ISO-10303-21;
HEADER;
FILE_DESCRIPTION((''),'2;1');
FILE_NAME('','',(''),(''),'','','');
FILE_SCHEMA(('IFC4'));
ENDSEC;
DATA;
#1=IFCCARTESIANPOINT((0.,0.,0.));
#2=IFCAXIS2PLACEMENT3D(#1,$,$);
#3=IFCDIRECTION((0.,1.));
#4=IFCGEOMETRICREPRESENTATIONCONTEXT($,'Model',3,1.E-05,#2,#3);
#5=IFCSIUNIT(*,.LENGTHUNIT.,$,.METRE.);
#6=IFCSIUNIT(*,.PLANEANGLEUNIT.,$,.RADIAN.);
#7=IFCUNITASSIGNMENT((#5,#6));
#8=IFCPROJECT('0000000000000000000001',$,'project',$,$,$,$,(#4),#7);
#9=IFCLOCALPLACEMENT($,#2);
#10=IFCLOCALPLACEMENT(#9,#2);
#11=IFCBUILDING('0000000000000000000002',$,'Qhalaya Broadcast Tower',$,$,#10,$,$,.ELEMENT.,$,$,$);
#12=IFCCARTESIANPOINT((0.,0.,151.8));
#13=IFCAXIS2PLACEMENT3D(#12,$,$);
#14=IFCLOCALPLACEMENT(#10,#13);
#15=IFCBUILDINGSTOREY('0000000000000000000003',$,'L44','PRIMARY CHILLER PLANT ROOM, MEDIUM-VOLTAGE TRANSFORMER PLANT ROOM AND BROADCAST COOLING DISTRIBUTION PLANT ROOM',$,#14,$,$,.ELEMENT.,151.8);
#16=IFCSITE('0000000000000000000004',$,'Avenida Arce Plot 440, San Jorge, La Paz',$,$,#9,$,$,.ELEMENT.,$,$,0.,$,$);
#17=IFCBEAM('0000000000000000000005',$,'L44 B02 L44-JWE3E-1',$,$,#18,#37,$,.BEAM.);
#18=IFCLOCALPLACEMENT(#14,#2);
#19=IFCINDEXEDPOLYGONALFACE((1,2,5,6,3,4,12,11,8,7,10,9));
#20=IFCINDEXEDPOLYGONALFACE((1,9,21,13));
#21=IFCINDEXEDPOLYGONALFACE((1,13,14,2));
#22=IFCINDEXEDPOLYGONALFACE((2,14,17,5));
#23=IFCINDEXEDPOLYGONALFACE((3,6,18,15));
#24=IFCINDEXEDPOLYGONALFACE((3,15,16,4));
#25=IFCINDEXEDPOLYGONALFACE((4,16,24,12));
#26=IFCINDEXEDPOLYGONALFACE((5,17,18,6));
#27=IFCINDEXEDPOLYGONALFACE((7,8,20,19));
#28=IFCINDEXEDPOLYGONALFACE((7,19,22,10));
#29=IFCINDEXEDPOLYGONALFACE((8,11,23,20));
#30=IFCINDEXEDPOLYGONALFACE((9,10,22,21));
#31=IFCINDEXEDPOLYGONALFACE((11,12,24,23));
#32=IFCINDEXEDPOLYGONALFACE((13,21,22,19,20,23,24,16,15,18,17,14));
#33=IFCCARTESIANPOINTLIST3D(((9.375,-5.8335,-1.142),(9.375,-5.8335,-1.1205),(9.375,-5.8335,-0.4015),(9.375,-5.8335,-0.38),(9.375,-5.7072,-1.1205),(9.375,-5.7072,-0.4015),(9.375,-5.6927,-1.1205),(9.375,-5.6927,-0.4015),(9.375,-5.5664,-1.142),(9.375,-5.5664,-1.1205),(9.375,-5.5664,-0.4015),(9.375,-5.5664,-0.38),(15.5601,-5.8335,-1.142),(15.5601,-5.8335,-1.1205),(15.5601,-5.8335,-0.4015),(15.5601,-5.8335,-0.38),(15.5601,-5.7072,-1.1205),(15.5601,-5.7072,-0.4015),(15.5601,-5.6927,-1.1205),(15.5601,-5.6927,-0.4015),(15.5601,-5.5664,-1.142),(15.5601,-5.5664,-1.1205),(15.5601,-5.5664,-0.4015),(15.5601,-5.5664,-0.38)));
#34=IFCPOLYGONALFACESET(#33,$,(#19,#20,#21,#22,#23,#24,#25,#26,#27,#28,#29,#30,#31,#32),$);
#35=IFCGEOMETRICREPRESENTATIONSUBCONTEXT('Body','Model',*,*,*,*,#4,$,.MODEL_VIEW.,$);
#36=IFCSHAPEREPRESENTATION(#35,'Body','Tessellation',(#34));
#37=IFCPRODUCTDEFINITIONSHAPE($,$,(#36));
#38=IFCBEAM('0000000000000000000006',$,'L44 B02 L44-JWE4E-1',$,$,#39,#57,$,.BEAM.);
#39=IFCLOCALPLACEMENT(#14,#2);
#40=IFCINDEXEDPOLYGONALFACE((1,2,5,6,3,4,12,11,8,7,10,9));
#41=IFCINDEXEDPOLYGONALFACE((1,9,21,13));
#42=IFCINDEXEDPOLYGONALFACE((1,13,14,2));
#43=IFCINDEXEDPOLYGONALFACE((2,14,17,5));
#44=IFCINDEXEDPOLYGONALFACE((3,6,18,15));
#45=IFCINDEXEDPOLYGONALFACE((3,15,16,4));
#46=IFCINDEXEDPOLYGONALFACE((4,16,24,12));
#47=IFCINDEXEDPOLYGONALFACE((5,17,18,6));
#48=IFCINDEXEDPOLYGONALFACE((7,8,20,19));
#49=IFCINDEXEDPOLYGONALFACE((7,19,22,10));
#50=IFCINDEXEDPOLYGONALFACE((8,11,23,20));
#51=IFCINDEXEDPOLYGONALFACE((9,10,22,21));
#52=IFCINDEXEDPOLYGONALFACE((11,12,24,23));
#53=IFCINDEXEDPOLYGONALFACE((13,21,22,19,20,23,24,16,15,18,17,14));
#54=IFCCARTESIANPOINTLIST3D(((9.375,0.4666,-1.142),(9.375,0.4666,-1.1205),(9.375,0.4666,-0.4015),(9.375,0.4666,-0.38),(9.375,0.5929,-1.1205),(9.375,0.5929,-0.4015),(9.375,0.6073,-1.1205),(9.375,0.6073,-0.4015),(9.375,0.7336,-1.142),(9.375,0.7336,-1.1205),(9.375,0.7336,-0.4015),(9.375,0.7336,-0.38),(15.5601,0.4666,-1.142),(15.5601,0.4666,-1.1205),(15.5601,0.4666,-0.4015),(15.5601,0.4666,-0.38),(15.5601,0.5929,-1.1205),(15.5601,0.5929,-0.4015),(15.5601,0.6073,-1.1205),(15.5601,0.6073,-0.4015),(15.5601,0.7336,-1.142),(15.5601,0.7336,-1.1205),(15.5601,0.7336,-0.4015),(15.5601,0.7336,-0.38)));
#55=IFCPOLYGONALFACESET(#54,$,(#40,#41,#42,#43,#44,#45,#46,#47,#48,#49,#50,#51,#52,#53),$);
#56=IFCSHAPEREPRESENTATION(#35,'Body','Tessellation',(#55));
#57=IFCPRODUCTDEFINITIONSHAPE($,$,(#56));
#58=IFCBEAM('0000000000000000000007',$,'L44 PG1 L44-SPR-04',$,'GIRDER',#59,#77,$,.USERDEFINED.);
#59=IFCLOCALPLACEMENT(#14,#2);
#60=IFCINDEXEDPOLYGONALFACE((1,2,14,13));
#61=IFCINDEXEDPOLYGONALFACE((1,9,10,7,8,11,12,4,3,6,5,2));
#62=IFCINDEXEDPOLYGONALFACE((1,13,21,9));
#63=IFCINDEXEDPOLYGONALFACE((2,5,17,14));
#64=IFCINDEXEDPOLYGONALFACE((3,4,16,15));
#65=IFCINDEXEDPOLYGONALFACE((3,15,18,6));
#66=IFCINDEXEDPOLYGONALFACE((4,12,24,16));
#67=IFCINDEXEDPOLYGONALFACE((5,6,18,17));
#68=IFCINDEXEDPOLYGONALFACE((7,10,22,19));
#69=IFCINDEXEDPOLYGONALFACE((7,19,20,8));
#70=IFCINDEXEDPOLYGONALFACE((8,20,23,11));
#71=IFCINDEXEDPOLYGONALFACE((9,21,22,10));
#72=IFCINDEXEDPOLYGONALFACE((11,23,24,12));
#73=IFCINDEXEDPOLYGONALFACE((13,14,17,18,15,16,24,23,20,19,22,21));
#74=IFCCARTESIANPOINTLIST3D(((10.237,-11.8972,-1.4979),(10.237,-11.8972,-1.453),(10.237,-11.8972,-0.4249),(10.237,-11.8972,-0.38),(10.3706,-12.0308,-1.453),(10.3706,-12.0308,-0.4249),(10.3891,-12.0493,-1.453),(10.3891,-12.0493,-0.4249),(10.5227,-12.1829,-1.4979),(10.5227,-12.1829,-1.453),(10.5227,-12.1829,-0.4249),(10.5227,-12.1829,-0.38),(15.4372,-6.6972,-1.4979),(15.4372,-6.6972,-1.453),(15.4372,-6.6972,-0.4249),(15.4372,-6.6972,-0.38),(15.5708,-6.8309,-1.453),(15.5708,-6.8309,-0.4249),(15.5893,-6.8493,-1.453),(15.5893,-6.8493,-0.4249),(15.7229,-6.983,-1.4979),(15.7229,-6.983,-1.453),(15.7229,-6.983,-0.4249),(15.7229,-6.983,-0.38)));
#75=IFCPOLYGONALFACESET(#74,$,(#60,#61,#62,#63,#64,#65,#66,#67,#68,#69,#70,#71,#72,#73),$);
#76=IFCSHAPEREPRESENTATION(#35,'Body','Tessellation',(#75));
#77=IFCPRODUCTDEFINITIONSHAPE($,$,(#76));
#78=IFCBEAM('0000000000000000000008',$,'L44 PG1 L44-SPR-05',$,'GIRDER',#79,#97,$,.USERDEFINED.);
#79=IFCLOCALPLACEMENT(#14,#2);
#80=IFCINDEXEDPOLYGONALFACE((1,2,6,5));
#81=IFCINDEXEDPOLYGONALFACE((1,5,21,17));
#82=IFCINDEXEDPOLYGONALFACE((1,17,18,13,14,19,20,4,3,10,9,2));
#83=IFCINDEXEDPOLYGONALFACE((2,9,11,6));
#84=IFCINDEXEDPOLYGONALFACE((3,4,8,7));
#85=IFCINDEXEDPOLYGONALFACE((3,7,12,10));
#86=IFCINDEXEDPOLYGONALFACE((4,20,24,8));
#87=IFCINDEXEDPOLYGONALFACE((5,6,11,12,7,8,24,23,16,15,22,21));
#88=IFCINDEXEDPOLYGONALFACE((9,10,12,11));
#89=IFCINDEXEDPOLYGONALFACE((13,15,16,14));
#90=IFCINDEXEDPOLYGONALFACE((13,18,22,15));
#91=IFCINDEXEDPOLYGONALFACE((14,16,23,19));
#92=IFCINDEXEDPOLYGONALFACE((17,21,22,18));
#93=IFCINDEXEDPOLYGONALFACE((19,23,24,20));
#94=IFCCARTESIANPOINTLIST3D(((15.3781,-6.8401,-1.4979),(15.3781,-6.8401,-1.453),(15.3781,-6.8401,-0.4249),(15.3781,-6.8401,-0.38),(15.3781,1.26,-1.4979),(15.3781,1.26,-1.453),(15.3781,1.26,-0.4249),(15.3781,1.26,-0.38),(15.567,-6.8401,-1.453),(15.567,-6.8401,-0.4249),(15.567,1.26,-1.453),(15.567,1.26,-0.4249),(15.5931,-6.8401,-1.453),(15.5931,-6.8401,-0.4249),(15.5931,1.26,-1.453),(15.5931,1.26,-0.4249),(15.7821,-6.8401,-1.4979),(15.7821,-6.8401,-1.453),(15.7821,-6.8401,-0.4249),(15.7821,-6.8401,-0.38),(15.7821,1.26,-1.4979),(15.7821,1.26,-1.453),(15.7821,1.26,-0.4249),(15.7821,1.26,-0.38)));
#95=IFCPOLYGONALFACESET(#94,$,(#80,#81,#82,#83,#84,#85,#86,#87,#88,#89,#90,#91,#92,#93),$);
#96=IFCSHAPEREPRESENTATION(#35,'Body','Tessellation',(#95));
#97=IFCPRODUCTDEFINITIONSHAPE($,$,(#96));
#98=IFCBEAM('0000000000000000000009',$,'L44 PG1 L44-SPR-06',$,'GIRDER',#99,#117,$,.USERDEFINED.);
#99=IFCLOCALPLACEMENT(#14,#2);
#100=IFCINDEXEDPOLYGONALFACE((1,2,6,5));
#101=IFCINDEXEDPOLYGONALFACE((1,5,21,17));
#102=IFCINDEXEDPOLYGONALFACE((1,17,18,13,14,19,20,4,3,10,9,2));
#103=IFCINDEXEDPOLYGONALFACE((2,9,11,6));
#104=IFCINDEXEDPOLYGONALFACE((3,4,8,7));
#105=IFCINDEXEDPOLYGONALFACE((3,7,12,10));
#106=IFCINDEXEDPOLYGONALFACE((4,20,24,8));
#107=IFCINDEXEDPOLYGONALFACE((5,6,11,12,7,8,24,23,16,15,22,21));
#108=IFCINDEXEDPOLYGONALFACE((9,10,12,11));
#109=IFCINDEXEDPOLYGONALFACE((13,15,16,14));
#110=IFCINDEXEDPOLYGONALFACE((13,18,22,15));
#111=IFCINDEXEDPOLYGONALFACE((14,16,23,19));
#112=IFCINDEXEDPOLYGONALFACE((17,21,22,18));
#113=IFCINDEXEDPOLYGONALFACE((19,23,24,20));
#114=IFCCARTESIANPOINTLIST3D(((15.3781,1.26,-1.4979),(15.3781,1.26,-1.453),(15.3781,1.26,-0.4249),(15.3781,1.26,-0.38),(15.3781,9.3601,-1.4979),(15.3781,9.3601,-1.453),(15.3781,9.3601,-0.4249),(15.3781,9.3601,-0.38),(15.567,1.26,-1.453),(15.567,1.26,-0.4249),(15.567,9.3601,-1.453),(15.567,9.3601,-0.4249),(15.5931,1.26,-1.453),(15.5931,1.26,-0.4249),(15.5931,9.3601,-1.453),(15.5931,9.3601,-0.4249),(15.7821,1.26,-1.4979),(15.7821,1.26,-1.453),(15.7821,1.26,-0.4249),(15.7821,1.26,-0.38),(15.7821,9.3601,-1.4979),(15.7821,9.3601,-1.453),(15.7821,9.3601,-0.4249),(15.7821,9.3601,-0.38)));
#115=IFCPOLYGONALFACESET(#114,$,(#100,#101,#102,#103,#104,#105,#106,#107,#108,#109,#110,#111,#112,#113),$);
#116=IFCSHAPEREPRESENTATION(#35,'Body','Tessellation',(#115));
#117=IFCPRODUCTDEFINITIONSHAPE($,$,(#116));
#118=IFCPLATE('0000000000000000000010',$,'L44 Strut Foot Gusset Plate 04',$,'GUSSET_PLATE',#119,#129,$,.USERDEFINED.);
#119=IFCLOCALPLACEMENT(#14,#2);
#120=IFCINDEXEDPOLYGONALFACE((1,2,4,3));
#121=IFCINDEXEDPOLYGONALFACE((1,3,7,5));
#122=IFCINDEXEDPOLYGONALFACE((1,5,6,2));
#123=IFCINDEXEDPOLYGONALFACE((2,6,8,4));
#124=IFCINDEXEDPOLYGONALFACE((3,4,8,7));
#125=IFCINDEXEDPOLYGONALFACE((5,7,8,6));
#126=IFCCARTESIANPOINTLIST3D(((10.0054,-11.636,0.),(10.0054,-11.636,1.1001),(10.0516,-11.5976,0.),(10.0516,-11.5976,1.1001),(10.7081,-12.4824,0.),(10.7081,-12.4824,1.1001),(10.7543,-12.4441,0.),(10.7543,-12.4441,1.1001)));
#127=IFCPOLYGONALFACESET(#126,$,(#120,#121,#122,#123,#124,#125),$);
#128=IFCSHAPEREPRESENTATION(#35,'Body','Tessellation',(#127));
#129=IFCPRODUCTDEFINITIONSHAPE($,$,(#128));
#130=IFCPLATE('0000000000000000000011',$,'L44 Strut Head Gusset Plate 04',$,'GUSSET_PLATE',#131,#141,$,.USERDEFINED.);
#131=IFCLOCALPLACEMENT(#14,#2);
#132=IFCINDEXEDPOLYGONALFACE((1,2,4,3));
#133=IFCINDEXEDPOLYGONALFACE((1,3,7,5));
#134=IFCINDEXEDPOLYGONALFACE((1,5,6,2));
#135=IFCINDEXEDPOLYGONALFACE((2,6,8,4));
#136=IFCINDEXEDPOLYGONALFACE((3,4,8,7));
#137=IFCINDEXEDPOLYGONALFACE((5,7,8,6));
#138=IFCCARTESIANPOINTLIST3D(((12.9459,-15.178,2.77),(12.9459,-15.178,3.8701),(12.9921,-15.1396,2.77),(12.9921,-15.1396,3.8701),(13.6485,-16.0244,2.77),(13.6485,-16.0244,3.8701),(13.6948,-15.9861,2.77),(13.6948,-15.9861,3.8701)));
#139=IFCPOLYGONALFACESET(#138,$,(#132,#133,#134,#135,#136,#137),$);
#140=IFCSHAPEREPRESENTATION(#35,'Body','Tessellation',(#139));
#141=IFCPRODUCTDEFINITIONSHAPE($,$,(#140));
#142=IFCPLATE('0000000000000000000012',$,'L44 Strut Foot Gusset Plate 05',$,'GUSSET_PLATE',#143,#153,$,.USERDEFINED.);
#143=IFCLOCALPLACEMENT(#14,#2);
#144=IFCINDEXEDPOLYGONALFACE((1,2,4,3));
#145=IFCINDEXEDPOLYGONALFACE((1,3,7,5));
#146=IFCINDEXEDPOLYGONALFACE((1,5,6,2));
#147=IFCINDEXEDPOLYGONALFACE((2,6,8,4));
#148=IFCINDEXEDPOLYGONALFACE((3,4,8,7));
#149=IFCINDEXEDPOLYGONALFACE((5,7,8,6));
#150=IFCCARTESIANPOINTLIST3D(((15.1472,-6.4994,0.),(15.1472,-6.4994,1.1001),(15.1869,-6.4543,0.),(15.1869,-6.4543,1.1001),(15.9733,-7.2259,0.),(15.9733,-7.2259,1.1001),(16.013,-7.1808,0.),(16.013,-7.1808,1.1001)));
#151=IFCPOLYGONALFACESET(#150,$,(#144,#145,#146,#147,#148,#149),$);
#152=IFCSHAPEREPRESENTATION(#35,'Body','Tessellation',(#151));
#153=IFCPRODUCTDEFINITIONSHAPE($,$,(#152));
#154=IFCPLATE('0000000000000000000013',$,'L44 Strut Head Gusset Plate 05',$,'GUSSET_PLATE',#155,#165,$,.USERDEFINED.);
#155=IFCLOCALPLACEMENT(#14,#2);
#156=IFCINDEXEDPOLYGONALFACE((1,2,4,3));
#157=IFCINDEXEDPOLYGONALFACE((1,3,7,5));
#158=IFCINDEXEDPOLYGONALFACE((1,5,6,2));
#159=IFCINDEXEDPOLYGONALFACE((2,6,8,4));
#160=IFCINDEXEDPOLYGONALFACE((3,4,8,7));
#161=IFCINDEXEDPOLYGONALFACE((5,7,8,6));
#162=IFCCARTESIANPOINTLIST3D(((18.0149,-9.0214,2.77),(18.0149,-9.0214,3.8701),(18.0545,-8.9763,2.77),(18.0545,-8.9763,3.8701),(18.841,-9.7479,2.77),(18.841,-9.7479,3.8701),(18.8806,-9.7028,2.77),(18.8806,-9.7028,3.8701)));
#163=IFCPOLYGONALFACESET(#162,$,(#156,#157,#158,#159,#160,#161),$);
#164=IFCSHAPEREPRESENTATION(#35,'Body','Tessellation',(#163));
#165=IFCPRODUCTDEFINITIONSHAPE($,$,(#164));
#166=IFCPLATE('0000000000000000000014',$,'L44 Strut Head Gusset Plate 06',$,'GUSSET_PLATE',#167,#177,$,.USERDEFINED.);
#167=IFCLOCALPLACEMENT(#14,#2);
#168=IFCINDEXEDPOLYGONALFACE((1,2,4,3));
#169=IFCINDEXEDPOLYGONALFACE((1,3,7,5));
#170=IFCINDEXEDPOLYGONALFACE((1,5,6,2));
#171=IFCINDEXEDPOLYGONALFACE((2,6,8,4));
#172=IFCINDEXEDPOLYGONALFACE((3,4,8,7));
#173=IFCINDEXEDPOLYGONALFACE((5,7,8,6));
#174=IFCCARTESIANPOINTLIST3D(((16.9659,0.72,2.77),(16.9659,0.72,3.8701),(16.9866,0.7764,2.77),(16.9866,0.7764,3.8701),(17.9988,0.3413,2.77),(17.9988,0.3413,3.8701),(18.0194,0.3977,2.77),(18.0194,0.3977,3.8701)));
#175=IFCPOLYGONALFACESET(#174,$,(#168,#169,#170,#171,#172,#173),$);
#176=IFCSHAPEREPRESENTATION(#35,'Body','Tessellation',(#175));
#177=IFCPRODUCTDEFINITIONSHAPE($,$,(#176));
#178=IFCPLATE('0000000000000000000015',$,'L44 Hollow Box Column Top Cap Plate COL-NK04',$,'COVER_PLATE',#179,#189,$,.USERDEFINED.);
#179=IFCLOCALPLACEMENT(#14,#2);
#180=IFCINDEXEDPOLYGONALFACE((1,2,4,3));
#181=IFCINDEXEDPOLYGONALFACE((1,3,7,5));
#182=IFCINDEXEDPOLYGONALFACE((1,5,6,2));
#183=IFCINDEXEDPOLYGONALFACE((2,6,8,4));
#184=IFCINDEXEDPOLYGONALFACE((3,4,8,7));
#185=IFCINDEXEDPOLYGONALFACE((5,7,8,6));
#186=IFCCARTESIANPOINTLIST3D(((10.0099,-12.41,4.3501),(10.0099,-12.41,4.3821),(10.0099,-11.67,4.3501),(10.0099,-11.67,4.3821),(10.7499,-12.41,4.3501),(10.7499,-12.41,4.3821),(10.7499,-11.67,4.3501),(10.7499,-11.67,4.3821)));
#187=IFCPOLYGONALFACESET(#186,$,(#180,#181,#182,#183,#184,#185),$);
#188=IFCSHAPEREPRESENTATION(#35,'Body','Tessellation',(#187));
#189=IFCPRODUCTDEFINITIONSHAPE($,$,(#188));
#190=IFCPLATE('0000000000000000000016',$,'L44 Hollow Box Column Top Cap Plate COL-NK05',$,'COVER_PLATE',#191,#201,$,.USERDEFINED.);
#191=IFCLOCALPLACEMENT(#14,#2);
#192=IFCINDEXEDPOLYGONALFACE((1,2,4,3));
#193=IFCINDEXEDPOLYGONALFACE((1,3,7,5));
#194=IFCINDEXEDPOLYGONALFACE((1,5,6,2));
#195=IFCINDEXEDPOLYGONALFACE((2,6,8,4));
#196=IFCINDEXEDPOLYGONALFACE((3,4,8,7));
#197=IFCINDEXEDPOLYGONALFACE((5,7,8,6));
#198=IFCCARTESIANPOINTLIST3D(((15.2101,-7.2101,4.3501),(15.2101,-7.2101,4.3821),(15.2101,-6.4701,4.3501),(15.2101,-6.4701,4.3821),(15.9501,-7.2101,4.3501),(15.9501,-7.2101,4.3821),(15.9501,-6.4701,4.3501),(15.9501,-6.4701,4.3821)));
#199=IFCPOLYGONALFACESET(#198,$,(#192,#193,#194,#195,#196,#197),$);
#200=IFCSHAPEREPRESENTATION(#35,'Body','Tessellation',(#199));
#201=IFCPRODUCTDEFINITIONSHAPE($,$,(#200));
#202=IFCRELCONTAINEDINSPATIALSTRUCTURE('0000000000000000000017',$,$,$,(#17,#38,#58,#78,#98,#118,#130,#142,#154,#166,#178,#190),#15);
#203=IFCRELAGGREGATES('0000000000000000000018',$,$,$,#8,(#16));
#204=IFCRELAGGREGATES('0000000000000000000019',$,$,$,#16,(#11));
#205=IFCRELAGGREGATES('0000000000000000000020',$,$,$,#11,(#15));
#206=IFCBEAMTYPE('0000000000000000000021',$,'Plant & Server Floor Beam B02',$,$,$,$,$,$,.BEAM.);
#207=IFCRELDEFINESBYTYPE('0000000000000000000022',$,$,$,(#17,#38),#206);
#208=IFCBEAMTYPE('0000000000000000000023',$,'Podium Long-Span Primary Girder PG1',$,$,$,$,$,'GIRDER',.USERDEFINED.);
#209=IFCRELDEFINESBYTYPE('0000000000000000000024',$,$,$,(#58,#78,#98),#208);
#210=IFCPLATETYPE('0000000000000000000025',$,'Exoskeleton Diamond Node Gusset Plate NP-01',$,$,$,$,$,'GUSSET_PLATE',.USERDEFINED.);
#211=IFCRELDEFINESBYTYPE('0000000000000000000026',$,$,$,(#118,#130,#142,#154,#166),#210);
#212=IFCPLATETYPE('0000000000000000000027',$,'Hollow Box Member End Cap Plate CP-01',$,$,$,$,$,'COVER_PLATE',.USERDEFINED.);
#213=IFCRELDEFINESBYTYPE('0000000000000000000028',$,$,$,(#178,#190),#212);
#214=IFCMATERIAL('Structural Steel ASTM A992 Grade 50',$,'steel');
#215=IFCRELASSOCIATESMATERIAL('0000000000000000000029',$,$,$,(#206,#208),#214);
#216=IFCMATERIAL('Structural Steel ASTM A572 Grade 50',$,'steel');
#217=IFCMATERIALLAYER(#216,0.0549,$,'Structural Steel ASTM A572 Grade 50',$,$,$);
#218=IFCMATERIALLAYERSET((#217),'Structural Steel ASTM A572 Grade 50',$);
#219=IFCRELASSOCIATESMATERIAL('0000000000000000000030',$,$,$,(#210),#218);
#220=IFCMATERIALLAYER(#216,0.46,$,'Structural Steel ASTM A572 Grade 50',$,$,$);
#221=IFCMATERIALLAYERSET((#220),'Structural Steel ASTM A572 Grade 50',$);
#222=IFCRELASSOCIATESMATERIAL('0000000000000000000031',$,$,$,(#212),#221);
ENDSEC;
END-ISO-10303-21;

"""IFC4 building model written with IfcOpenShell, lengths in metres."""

from ifc_helpers import new_model, si_unit, direction, frame, origin, origin_2d, place, context, subcontext, project, spatial, rectangle, i_section, extrude, material, layer, layer_set, material_profile, profile_set, type_object, element, save


model = new_model("IFC4")

# Units and contexts
model_context = context("Model", 3, precision=1e-05, world=origin(), true_north=direction((0.0, 1.0)))
body_context = subcontext(model_context, "Body", "Model", "MODEL_VIEW")
ifc_project = project(units=[si_unit("LENGTHUNIT", "METRE"), si_unit("PLANEANGLEUNIT", "RADIAN")], contexts=[model_context])

# Site, building, storey
site_placement = place(None, origin())
site = spatial("IfcSite", under=ifc_project, at=site_placement, Name="Avenida Arce Plot 440, San Jorge, La Paz", CompositionType="ELEMENT", RefElevation=0.0)
building_placement = place(site_placement, origin())
building = spatial("IfcBuilding", under=site, at=building_placement, Name="Qhalaya Broadcast Tower", CompositionType="ELEMENT")
storey_placement = place(building_placement, frame((0.0, 0.0, 151.8)))
storey = spatial("IfcBuildingStorey", under=building, at=storey_placement, Name="L44", Description="PRIMARY CHILLER PLANT ROOM, MEDIUM-VOLTAGE TRANSFORMER PLANT ROOM AND BROADCAST COOLING DISTRIBUTION PLANT ROOM", CompositionType="ELEMENT", Elevation=151.8)

# Shared definitions
ifc_material_1 = material(Name="Structural Steel ASTM A572 Grade 50", Category="steel")

# Shared definitions
ifc_material_2 = material(Name="Structural Steel ASTM A992 Grade 50", Category="steel")

# Beams
ifc_material_profile_1 = material_profile(ifc_material_2, i_section(OverallWidth=0.2671, OverallDepth=0.762, WebThickness=0.0144, FlangeThickness=0.0215, at=origin_2d()), Name="W30X116")
ifc_profile_set_1 = profile_set([ifc_material_profile_1], Name="Structural Steel ASTM A992 Grade 50")
beam_type_1 = type_object("IfcBeamType", Name="Plant & Server Floor Beam B02", PredefinedType="BEAM", material=ifc_profile_set_1)
for number, where, z_axis, x_axis, name in (
    (1, (9.375, -5.7, -0.761), (1.0, 0.0, 0.0), (0.0, 1.0, 0.0), "L44 B02 L44-JWE3E-1"),
    (2, (9.375, 0.6001, -0.761), (1.0, 0.0, 0.0), (0.0, 1.0, 0.0), "L44 B02 L44-JWE4E-1"),
):
    element("IfcBeam", number, at=place(storey_placement, frame(where, z_axis=z_axis, x_axis=x_axis)), inside=storey, type_object=beam_type_1, Name=name, PredefinedType="BEAM", context=body_context, shape_type="SweptSolid", body=[
        extrude(i_section(OverallWidth=0.2671, OverallDepth=0.762, WebThickness=0.0144, FlangeThickness=0.0215, at=origin_2d()), origin(), (0.0, 0.0, 1.0), 6.1851),
    ])
ifc_material_profile_2 = material_profile(ifc_material_2, i_section(OverallWidth=0.4041, OverallDepth=1.1179, WebThickness=0.0261, FlangeThickness=0.0449, at=origin_2d()), Name="W44X335")
ifc_profile_set_2 = profile_set([ifc_material_profile_2], Name="Structural Steel ASTM A992 Grade 50")
beam_type_2 = type_object("IfcBeamType", Name="Podium Long-Span Primary Girder PG1", ElementType="GIRDER", PredefinedType="USERDEFINED", material=ifc_profile_set_2)
beam_1_placement = place(storey_placement, frame((10.3799, -12.04, -0.939), z_axis=(0.707123, 0.70709, 0.0), x_axis=(-0.70709, 0.707123, 0.0)))
element("IfcBeam", 3, at=beam_1_placement, inside=storey, type_object=beam_type_2, Name="L44 PG1 L44-SPR-04", ObjectType="GIRDER", PredefinedType="USERDEFINED", context=body_context, shape_type="SweptSolid", body=[
    extrude(i_section(OverallWidth=0.4041, OverallDepth=1.1179, WebThickness=0.0261, FlangeThickness=0.0449, at=origin_2d()), origin(), (0.0, 0.0, 1.0), 7.354),
])
for number, where, z_axis, x_axis, name in (
    (4, (15.5801, -6.8401, -0.939), (0.0, 1.0, 0.0), (-1.0, 0.0, 0.0), "L44 PG1 L44-SPR-05"),
    (5, (15.5801, 1.26, -0.939), (0.0, 1.0, 0.0), (-1.0, 0.0, 0.0), "L44 PG1 L44-SPR-06"),
):
    element("IfcBeam", number, at=place(storey_placement, frame(where, z_axis=z_axis, x_axis=x_axis)), inside=storey, type_object=beam_type_2, Name=name, ObjectType="GIRDER", PredefinedType="USERDEFINED", context=body_context, shape_type="SweptSolid", body=[
        extrude(i_section(OverallWidth=0.4041, OverallDepth=1.1179, WebThickness=0.0261, FlangeThickness=0.0449, at=origin_2d()), origin(), (0.0, 0.0, 1.0), 8.1001),
    ])

# Plates
ifc_layer_1 = layer(ifc_material_1, 0.0549, Name="Structural Steel ASTM A572 Grade 50")
ifc_layer_set_1 = layer_set([ifc_layer_1], Name="Structural Steel ASTM A572 Grade 50")
plate_type_1 = type_object("IfcPlateType", Name="Exoskeleton Diamond Node Gusset Plate NP-01", ElementType="GUSSET_PLATE", PredefinedType="USERDEFINED", material=ifc_layer_set_1)
for number, where, z_axis, x_axis, name in (
    (6, (10.3799, -12.04, 0.0), (0.0, 0.0, 1.0), (0.638741, -0.769422, 0.0), "L44 Strut Foot Gusset Plate 04"),
    (7, (13.3203, -15.582, 2.77), (0.0, 0.0, 1.0), (0.638741, -0.769422, 0.0), "L44 Strut Head Gusset Plate 04"),
    (8, (15.5801, -6.8401, 0.0), (0.0, 0.0, 1.0), (0.75093, -0.660382, 0.0), "L44 Strut Foot Gusset Plate 05"),
    (9, (18.4478, -9.3621, 2.77), (0.0, 0.0, 1.0), (0.75093, -0.660382, 0.0), "L44 Strut Head Gusset Plate 05"),
    (10, (17.4927, 0.5588, 2.77), (0.0, 0.0, 1.0), (0.93889, -0.344217, 0.0), "L44 Strut Head Gusset Plate 06"),
):
    element("IfcPlate", number, at=place(storey_placement, frame(where, z_axis=z_axis, x_axis=x_axis)), inside=storey, type_object=plate_type_1, Name=name, ObjectType="GUSSET_PLATE", PredefinedType="USERDEFINED", context=body_context, shape_type="SweptSolid", body=[
        extrude(rectangle(XDim=1.1001, YDim=0.0601, at=origin_2d()), origin(), (0.0, 0.0, 1.0), 1.1001),
    ])
ifc_layer_2 = layer(ifc_material_1, 0.46, Name="Structural Steel ASTM A572 Grade 50")
ifc_layer_set_2 = layer_set([ifc_layer_2], Name="Structural Steel ASTM A572 Grade 50")
plate_type_2 = type_object("IfcPlateType", Name="Hollow Box Member End Cap Plate CP-01", ElementType="COVER_PLATE", PredefinedType="USERDEFINED", material=ifc_layer_set_2)
for number, where, z_axis, x_axis, name in (
    (11, (10.3799, -12.04, 4.3501), (0.0, 0.0, 1.0), (1.0, 0.0, 0.0), "L44 Hollow Box Column Top Cap Plate COL-NK04"),
    (12, (15.5801, -6.8401, 4.3501), (0.0, 0.0, 1.0), (0.0, 1.0, 0.0), "L44 Hollow Box Column Top Cap Plate COL-NK05"),
):
    element("IfcPlate", number, at=place(storey_placement, frame(where, z_axis=z_axis, x_axis=x_axis)), inside=storey, type_object=plate_type_2, Name=name, ObjectType="COVER_PLATE", PredefinedType="USERDEFINED", context=body_context, shape_type="SweptSolid", body=[
        extrude(rectangle(XDim=0.74, YDim=0.74, at=origin_2d()), origin(), (0.0, 0.0, 1.0), 0.032),
    ])

save(model, "model.ifc")
